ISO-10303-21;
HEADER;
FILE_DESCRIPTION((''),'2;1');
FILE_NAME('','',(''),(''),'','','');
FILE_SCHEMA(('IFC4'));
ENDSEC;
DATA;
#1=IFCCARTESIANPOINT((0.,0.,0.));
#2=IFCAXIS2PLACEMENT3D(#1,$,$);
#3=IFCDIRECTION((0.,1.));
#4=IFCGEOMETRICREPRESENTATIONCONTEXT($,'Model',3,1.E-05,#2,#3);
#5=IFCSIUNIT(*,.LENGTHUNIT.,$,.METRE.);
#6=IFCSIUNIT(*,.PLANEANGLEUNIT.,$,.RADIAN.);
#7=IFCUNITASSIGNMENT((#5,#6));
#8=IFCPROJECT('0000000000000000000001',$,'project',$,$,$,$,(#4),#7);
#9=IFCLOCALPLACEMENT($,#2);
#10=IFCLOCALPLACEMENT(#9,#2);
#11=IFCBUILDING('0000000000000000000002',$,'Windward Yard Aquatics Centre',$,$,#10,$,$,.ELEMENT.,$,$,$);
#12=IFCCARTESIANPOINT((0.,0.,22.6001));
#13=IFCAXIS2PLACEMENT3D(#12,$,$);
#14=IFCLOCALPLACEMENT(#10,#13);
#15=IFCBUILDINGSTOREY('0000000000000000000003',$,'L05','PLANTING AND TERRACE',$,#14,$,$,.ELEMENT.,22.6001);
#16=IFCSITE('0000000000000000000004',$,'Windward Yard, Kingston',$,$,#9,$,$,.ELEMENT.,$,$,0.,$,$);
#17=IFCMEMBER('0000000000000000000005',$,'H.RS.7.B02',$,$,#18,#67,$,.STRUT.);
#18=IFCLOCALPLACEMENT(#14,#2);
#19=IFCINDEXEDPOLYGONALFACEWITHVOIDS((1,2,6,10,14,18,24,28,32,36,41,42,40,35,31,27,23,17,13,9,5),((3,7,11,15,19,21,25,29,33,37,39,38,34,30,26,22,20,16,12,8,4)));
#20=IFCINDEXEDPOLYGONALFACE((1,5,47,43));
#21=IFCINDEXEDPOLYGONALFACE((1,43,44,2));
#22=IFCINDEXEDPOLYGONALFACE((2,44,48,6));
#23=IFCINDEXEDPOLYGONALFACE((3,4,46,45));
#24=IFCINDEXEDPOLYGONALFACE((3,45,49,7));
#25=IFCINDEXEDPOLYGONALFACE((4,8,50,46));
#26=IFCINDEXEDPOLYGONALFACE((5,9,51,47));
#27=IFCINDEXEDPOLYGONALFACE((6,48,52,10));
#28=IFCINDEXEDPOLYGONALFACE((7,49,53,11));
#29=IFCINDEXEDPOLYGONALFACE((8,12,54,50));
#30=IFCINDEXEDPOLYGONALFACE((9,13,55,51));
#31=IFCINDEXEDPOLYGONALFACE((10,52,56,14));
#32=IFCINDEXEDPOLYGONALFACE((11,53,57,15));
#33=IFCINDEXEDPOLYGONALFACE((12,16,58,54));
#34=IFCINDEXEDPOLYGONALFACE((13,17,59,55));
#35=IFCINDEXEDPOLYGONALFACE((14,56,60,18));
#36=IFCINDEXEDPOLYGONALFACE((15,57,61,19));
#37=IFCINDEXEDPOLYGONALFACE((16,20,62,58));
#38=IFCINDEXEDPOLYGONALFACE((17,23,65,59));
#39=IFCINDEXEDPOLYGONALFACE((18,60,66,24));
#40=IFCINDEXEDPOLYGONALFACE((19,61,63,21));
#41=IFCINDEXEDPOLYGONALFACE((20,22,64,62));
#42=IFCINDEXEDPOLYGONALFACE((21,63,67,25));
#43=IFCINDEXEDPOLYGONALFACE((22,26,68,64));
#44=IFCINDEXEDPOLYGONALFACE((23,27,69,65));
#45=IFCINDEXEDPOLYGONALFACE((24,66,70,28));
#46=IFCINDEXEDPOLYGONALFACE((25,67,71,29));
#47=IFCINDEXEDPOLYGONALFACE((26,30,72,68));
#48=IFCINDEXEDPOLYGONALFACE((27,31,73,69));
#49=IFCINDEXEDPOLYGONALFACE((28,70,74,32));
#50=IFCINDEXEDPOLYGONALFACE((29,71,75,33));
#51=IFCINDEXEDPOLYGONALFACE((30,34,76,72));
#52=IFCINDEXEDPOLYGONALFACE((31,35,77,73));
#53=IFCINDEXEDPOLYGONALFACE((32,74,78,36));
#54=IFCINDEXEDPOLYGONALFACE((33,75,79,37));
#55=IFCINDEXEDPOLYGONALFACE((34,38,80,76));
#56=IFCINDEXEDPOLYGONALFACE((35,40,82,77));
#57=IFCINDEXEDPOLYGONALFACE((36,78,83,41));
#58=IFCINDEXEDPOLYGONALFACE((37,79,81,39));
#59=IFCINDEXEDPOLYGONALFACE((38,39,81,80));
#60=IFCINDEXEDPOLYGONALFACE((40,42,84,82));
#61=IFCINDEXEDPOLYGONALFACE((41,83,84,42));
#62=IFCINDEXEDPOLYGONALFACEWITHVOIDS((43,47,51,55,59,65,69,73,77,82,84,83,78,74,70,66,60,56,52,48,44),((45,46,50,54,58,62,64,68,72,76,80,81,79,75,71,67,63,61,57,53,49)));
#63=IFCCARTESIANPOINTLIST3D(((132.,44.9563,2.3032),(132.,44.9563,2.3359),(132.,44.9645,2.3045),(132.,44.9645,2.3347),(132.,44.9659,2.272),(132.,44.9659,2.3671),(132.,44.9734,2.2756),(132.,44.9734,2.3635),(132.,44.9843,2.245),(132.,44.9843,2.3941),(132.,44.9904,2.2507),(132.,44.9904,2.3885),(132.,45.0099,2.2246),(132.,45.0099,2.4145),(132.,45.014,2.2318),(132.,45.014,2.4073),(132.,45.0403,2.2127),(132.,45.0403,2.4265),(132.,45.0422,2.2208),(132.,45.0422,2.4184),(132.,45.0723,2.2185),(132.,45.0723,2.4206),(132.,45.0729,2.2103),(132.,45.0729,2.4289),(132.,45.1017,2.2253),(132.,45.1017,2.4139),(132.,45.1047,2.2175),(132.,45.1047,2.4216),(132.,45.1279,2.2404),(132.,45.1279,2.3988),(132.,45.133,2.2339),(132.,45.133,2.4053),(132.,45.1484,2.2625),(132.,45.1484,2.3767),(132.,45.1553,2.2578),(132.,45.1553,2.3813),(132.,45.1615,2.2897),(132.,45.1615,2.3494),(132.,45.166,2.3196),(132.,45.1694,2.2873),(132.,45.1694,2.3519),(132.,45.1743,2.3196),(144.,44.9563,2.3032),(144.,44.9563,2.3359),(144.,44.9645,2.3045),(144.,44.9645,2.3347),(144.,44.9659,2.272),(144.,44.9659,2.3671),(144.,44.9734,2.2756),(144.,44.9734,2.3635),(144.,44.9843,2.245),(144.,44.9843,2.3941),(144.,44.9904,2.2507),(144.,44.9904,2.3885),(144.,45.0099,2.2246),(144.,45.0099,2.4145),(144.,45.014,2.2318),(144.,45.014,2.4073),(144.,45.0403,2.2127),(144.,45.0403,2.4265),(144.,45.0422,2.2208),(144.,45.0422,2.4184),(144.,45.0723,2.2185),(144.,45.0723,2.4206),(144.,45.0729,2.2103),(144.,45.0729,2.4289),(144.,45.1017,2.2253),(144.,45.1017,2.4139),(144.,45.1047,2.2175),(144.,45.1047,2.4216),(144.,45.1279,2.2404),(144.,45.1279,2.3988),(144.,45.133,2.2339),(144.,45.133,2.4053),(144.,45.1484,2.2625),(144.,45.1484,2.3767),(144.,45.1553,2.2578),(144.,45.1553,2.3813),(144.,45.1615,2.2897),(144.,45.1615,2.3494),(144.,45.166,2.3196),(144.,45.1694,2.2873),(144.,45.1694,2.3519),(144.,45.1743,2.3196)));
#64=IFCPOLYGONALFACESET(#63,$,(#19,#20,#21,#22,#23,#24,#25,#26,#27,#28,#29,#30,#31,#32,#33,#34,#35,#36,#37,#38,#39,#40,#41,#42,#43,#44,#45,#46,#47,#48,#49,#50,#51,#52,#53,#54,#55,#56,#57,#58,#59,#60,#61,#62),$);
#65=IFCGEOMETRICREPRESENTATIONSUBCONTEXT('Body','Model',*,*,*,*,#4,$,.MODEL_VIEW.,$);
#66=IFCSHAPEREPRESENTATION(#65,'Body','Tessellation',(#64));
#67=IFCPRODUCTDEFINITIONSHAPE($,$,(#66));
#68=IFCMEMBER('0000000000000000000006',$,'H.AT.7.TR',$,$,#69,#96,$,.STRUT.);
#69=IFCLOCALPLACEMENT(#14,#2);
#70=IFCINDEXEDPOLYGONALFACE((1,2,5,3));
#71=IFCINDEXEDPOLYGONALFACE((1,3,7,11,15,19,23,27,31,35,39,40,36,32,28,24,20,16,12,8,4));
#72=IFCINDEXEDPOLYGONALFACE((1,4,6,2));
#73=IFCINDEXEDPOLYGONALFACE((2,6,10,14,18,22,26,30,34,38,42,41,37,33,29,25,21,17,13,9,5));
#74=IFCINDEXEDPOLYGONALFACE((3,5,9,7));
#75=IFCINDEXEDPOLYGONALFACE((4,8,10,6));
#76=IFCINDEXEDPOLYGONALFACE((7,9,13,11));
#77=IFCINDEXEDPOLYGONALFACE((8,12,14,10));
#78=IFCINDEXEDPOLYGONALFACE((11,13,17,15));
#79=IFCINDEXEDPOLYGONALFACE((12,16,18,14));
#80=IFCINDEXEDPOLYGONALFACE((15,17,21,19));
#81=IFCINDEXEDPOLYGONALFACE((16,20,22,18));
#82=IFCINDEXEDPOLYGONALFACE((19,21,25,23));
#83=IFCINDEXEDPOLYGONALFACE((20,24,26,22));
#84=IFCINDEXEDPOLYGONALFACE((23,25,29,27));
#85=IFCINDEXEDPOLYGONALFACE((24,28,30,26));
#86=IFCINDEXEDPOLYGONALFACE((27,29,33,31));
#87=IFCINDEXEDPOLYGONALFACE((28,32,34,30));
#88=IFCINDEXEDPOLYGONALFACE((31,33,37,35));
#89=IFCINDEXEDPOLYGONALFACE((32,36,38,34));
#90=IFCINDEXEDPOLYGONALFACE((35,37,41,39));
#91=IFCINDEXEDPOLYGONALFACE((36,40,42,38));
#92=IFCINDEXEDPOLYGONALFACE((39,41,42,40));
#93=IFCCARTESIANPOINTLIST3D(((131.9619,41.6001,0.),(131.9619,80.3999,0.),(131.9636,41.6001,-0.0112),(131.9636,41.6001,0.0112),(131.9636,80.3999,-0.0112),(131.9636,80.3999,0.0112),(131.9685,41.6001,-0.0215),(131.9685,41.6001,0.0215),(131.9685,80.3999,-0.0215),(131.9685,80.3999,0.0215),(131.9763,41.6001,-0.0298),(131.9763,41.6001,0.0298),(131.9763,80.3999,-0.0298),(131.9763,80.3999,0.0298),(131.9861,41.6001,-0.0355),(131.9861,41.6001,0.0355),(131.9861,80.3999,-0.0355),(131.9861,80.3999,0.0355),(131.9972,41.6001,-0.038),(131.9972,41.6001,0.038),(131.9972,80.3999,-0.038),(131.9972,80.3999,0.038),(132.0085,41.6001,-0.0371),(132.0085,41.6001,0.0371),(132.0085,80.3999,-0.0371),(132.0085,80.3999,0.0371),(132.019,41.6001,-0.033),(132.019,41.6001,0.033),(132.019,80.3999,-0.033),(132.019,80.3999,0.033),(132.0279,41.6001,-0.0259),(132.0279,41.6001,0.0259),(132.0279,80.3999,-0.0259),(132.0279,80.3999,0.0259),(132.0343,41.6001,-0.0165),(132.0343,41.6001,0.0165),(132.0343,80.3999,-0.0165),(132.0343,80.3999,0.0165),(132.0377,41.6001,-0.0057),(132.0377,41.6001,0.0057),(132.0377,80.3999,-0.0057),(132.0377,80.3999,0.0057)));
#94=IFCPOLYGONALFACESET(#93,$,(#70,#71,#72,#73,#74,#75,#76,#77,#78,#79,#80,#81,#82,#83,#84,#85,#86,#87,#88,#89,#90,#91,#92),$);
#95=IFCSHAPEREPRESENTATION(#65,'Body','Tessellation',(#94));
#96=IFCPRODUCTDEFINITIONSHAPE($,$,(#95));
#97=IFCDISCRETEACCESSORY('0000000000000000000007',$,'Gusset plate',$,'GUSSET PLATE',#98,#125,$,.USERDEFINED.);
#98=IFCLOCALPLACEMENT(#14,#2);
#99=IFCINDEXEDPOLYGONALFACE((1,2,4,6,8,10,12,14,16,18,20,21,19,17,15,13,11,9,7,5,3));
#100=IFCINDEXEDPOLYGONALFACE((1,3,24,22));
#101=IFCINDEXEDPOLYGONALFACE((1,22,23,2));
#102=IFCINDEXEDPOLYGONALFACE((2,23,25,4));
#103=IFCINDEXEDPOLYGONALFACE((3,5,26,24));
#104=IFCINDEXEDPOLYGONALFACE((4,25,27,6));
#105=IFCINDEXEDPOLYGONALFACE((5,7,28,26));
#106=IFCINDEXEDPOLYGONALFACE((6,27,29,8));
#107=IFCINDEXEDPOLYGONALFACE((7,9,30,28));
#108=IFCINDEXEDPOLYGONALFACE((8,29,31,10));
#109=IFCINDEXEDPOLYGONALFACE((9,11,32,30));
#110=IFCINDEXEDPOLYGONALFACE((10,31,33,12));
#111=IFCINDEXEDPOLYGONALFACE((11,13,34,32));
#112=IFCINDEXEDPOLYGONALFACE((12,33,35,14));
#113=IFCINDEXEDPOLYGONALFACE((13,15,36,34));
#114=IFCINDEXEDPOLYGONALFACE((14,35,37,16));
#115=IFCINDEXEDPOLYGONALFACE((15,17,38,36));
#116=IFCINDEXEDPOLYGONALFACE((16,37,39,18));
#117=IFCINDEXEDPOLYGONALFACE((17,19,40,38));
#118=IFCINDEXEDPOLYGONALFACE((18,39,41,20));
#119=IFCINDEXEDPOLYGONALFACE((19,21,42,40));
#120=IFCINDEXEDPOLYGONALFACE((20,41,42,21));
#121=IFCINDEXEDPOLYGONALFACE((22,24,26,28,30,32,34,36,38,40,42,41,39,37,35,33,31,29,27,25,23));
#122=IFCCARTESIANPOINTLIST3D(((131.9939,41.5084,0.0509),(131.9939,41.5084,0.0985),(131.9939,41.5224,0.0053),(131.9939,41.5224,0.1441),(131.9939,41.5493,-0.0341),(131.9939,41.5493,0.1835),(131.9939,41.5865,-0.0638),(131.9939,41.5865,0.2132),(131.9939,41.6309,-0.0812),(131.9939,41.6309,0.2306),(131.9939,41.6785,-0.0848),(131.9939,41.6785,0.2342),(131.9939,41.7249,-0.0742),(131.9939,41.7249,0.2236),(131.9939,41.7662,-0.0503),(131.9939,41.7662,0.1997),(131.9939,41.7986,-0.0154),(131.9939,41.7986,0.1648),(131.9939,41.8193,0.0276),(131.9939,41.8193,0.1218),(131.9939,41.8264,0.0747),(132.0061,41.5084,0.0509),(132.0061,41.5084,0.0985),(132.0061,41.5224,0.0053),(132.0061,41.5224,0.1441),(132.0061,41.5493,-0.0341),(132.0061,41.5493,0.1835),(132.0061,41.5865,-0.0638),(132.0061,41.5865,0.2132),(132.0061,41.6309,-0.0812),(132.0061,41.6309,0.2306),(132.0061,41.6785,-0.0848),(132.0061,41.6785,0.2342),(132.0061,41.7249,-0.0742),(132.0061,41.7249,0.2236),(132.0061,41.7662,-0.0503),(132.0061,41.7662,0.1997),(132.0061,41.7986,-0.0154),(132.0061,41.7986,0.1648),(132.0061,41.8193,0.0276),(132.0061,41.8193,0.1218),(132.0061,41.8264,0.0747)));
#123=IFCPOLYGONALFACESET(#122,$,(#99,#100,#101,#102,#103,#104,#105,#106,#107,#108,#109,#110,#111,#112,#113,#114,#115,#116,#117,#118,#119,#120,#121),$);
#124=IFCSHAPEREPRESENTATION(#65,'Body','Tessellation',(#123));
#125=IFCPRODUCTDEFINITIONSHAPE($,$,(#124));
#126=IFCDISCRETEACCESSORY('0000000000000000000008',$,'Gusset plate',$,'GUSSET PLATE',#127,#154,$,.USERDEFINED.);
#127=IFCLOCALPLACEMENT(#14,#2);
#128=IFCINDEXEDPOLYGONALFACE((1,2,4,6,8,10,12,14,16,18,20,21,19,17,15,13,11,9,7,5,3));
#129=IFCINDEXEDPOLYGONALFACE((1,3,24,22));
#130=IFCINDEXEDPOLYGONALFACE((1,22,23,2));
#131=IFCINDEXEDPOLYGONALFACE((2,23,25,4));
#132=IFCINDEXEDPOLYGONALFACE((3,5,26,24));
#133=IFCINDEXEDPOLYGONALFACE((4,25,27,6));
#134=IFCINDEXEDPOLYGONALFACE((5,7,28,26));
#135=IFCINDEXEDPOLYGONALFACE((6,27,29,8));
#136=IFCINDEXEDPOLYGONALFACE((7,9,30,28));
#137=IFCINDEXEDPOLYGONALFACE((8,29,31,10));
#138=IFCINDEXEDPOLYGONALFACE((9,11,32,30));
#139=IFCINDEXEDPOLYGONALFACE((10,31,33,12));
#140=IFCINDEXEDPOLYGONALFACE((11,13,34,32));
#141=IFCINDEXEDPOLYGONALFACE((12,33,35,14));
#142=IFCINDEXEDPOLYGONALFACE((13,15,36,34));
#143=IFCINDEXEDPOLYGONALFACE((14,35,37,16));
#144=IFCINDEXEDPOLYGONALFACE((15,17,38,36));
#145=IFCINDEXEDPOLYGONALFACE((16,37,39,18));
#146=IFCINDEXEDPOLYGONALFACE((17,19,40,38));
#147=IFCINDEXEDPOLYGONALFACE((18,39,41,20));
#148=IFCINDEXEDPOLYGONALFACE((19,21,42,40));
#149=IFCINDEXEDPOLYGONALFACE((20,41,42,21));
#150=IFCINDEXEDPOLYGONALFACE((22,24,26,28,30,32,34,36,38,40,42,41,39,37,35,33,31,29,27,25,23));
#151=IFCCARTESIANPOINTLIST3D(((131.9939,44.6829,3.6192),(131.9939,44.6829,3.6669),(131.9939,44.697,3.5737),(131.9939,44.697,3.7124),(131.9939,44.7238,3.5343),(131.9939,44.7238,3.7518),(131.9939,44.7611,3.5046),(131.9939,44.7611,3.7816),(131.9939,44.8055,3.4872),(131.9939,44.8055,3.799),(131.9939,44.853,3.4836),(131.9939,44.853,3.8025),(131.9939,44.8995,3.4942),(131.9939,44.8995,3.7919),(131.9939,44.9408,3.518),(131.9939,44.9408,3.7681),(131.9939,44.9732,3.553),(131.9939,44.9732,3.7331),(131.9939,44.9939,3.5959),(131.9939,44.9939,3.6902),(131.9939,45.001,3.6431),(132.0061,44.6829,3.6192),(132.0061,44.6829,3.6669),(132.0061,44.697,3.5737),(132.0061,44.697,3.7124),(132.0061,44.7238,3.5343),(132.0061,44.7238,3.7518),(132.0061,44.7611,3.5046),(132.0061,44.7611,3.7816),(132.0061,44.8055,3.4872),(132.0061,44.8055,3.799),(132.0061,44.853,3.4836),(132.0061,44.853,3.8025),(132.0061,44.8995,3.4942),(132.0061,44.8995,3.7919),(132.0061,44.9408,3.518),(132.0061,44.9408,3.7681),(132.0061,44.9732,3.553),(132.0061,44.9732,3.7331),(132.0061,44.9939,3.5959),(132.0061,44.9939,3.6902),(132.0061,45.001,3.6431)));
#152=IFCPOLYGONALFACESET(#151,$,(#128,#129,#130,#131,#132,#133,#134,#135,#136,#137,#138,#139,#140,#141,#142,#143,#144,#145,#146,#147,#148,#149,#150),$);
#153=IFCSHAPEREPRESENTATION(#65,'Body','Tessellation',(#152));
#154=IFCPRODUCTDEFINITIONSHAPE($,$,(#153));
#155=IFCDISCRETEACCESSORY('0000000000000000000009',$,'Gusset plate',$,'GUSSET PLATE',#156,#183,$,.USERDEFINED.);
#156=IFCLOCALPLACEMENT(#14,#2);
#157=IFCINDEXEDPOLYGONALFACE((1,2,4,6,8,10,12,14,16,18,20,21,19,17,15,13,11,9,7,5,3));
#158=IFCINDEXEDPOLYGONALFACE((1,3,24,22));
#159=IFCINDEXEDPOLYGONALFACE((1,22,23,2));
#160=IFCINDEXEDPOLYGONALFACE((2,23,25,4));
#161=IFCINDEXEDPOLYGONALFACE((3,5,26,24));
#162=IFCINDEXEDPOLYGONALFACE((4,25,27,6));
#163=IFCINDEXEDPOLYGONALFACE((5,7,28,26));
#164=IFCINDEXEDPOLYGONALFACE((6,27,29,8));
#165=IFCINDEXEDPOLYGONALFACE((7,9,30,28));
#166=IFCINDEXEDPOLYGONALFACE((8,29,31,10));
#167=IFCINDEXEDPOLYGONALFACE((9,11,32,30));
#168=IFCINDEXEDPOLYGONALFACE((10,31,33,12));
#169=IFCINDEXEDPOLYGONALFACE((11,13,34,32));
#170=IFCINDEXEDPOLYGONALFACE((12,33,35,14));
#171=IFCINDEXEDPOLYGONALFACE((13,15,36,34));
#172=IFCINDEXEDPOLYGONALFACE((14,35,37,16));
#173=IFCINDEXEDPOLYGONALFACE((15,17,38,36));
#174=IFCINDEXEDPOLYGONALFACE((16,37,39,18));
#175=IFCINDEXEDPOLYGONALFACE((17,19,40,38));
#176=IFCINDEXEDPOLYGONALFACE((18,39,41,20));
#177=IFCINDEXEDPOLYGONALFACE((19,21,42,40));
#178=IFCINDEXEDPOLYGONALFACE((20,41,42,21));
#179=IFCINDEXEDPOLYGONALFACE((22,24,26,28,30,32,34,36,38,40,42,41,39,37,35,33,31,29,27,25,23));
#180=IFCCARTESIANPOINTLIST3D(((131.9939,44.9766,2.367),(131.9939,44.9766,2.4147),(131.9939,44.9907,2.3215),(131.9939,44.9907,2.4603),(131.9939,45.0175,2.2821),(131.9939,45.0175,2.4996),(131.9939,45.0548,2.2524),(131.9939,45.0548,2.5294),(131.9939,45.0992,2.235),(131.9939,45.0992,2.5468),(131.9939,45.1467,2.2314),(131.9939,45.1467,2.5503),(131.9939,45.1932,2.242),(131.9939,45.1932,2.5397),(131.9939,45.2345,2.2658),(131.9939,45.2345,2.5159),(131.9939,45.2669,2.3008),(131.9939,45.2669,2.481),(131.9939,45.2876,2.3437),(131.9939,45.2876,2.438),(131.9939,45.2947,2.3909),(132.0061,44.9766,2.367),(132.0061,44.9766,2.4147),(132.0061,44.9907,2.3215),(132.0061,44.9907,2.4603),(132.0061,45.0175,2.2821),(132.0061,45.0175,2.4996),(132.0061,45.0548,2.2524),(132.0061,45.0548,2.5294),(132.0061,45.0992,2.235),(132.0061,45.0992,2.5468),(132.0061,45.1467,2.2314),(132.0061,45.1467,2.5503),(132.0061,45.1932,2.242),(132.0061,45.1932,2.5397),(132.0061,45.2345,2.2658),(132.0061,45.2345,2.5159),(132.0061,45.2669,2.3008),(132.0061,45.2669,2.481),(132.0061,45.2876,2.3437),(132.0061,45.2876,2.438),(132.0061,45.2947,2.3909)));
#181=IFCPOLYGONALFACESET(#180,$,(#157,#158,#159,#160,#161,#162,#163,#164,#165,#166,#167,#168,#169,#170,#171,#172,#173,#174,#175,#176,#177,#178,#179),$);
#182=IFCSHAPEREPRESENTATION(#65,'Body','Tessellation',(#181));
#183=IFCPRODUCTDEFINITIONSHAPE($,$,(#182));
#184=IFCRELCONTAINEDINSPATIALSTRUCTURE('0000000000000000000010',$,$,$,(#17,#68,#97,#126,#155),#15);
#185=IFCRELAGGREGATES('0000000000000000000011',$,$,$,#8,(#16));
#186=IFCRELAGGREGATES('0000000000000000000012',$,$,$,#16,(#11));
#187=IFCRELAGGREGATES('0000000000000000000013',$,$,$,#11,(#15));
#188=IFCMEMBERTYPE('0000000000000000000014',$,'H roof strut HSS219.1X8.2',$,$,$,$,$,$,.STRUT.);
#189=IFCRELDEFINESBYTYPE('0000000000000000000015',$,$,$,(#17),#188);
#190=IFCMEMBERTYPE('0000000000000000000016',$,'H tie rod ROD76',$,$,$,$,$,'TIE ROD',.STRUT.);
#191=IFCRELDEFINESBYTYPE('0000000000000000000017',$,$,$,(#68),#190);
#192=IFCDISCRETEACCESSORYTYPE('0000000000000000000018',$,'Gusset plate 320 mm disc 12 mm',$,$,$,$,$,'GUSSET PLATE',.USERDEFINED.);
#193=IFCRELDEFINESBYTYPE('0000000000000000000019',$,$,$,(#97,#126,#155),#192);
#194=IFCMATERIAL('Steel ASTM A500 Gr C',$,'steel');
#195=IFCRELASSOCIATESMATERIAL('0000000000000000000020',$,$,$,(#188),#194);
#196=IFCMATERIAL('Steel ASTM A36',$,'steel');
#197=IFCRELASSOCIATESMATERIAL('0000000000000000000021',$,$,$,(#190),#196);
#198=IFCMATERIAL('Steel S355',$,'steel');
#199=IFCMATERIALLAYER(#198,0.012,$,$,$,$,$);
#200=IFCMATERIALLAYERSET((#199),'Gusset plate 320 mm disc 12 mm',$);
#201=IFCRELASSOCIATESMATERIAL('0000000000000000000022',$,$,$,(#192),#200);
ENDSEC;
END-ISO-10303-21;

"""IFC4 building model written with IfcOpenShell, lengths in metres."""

from ifc_helpers import new_model, si_unit, direction, frame, origin, origin_2d, place, context, subcontext, project, spatial, circle, hollow_circle, extrude, material, layer, layer_set, material_profile, profile_set, type_object, element, save


model = new_model("IFC4")

# Units and contexts
model_context = context("Model", 3, precision=1e-05, world=origin(), true_north=direction((0.0, 1.0)))
body_context = subcontext(model_context, "Body", "Model", "MODEL_VIEW")
ifc_project = project(units=[si_unit("LENGTHUNIT", "METRE"), si_unit("PLANEANGLEUNIT", "RADIAN")], contexts=[model_context])

# Site, building, storey
site_placement = place(None, origin())
site = spatial("IfcSite", under=ifc_project, at=site_placement, Name="Windward Yard, Kingston", CompositionType="ELEMENT", RefElevation=0.0)
building_placement = place(site_placement, origin())
building = spatial("IfcBuilding", under=site, at=building_placement, Name="Windward Yard Aquatics Centre", CompositionType="ELEMENT")
storey_placement = place(building_placement, frame((0.0, 0.0, 22.6001)))
storey = spatial("IfcBuildingStorey", under=building, at=storey_placement, Name="L05", Description="PLANTING AND TERRACE", CompositionType="ELEMENT", Elevation=22.6001)

# Shared definitions
ifc_material_1 = material(Name="Steel ASTM A500 Gr C", Category="steel")

# Members
ifc_material_profile_1 = material_profile(ifc_material_1, hollow_circle(Radius=0.1096, WallThickness=0.0083, at=origin_2d()), Name="HSS219.1X8.2")
ifc_profile_set_1 = profile_set([ifc_material_profile_1], Name="Steel ASTM A500 Gr C")
member_type_1 = type_object("IfcMemberType", Name="H roof strut HSS219.1X8.2", PredefinedType="STRUT", material=ifc_profile_set_1)
for number, where, z_axis, x_axis, name in (
    (1, (132.0, 45.0647, 2.3196), (1.0, 0.0, 0.0), (0.0, 1.0, 0.0), "H.RS.7.B02"),
):
    element("IfcMember", number, at=place(storey_placement, frame(where, z_axis=z_axis, x_axis=x_axis)), inside=storey, type_object=member_type_1, Name=name, PredefinedType="STRUT", context=body_context, shape_type="SweptSolid", body=[
        extrude(hollow_circle(Radius=0.1096, WallThickness=0.0083, at=origin_2d()), origin(), (0.0, 0.0, 1.0), 12.0),
    ])
ifc_material_2 = material(Name="Steel ASTM A36", Category="steel")
ifc_material_profile_2 = material_profile(ifc_material_2, circle(Radius=0.0381, at=origin_2d()), Name="ROD76")
ifc_profile_set_2 = profile_set([ifc_material_profile_2], Name="Steel ASTM A36")
member_type_2 = type_object("IfcMemberType", Name="H tie rod ROD76", ElementType="TIE ROD", PredefinedType="STRUT", material=ifc_profile_set_2)
member_1_placement = place(storey_placement, frame((132.0, 41.6001, 0.0), z_axis=(0.0, 1.0, 0.0), x_axis=(-1.0, 0.0, 0.0)))
element("IfcMember", 2, at=member_1_placement, inside=storey, type_object=member_type_2, Name="H.AT.7.TR", PredefinedType="STRUT", context=body_context, shape_type="SweptSolid", body=[
    extrude(circle(Radius=0.0381, at=origin_2d()), origin(), (0.0, 0.0, 1.0), 38.7998),
])

# Discrete accessories
ifc_material_3 = material(Name="Steel S355", Category="steel")
ifc_layer = layer(ifc_material_3, 0.012)
ifc_layer_set = layer_set([ifc_layer], Name="Gusset plate 320 mm disc 12 mm")
discrete_accessory_type = type_object("IfcDiscreteAccessoryType", Name="Gusset plate 320 mm disc 12 mm", ElementType="GUSSET PLATE", PredefinedType="USERDEFINED", material=ifc_layer_set)
for number, where, z_axis, x_axis, name in (
    (3, (131.9939, 41.6665, 0.0747), (1.0, 0.0, 0.0), (0.0, 1.0, 0.0), "Gusset plate"),
    (4, (131.9939, 44.8411, 3.6431), (1.0, 0.0, 0.0), (0.0, 1.0, 0.0), "Gusset plate"),
    (5, (131.9939, 45.1348, 2.3909), (1.0, 0.0, 0.0), (0.0, 1.0, 0.0), "Gusset plate"),
):
    element("IfcDiscreteAccessory", number, at=place(storey_placement, frame(where, z_axis=z_axis, x_axis=x_axis)), inside=storey, type_object=discrete_accessory_type, Name=name, ObjectType="GUSSET PLATE", PredefinedType="USERDEFINED", context=body_context, shape_type="SweptSolid", body=[
        extrude(circle(Radius=0.1599, at=origin_2d()), origin(), (0.0, 0.0, 1.0), 0.0122),
    ])

save(model, "model.ifc")
